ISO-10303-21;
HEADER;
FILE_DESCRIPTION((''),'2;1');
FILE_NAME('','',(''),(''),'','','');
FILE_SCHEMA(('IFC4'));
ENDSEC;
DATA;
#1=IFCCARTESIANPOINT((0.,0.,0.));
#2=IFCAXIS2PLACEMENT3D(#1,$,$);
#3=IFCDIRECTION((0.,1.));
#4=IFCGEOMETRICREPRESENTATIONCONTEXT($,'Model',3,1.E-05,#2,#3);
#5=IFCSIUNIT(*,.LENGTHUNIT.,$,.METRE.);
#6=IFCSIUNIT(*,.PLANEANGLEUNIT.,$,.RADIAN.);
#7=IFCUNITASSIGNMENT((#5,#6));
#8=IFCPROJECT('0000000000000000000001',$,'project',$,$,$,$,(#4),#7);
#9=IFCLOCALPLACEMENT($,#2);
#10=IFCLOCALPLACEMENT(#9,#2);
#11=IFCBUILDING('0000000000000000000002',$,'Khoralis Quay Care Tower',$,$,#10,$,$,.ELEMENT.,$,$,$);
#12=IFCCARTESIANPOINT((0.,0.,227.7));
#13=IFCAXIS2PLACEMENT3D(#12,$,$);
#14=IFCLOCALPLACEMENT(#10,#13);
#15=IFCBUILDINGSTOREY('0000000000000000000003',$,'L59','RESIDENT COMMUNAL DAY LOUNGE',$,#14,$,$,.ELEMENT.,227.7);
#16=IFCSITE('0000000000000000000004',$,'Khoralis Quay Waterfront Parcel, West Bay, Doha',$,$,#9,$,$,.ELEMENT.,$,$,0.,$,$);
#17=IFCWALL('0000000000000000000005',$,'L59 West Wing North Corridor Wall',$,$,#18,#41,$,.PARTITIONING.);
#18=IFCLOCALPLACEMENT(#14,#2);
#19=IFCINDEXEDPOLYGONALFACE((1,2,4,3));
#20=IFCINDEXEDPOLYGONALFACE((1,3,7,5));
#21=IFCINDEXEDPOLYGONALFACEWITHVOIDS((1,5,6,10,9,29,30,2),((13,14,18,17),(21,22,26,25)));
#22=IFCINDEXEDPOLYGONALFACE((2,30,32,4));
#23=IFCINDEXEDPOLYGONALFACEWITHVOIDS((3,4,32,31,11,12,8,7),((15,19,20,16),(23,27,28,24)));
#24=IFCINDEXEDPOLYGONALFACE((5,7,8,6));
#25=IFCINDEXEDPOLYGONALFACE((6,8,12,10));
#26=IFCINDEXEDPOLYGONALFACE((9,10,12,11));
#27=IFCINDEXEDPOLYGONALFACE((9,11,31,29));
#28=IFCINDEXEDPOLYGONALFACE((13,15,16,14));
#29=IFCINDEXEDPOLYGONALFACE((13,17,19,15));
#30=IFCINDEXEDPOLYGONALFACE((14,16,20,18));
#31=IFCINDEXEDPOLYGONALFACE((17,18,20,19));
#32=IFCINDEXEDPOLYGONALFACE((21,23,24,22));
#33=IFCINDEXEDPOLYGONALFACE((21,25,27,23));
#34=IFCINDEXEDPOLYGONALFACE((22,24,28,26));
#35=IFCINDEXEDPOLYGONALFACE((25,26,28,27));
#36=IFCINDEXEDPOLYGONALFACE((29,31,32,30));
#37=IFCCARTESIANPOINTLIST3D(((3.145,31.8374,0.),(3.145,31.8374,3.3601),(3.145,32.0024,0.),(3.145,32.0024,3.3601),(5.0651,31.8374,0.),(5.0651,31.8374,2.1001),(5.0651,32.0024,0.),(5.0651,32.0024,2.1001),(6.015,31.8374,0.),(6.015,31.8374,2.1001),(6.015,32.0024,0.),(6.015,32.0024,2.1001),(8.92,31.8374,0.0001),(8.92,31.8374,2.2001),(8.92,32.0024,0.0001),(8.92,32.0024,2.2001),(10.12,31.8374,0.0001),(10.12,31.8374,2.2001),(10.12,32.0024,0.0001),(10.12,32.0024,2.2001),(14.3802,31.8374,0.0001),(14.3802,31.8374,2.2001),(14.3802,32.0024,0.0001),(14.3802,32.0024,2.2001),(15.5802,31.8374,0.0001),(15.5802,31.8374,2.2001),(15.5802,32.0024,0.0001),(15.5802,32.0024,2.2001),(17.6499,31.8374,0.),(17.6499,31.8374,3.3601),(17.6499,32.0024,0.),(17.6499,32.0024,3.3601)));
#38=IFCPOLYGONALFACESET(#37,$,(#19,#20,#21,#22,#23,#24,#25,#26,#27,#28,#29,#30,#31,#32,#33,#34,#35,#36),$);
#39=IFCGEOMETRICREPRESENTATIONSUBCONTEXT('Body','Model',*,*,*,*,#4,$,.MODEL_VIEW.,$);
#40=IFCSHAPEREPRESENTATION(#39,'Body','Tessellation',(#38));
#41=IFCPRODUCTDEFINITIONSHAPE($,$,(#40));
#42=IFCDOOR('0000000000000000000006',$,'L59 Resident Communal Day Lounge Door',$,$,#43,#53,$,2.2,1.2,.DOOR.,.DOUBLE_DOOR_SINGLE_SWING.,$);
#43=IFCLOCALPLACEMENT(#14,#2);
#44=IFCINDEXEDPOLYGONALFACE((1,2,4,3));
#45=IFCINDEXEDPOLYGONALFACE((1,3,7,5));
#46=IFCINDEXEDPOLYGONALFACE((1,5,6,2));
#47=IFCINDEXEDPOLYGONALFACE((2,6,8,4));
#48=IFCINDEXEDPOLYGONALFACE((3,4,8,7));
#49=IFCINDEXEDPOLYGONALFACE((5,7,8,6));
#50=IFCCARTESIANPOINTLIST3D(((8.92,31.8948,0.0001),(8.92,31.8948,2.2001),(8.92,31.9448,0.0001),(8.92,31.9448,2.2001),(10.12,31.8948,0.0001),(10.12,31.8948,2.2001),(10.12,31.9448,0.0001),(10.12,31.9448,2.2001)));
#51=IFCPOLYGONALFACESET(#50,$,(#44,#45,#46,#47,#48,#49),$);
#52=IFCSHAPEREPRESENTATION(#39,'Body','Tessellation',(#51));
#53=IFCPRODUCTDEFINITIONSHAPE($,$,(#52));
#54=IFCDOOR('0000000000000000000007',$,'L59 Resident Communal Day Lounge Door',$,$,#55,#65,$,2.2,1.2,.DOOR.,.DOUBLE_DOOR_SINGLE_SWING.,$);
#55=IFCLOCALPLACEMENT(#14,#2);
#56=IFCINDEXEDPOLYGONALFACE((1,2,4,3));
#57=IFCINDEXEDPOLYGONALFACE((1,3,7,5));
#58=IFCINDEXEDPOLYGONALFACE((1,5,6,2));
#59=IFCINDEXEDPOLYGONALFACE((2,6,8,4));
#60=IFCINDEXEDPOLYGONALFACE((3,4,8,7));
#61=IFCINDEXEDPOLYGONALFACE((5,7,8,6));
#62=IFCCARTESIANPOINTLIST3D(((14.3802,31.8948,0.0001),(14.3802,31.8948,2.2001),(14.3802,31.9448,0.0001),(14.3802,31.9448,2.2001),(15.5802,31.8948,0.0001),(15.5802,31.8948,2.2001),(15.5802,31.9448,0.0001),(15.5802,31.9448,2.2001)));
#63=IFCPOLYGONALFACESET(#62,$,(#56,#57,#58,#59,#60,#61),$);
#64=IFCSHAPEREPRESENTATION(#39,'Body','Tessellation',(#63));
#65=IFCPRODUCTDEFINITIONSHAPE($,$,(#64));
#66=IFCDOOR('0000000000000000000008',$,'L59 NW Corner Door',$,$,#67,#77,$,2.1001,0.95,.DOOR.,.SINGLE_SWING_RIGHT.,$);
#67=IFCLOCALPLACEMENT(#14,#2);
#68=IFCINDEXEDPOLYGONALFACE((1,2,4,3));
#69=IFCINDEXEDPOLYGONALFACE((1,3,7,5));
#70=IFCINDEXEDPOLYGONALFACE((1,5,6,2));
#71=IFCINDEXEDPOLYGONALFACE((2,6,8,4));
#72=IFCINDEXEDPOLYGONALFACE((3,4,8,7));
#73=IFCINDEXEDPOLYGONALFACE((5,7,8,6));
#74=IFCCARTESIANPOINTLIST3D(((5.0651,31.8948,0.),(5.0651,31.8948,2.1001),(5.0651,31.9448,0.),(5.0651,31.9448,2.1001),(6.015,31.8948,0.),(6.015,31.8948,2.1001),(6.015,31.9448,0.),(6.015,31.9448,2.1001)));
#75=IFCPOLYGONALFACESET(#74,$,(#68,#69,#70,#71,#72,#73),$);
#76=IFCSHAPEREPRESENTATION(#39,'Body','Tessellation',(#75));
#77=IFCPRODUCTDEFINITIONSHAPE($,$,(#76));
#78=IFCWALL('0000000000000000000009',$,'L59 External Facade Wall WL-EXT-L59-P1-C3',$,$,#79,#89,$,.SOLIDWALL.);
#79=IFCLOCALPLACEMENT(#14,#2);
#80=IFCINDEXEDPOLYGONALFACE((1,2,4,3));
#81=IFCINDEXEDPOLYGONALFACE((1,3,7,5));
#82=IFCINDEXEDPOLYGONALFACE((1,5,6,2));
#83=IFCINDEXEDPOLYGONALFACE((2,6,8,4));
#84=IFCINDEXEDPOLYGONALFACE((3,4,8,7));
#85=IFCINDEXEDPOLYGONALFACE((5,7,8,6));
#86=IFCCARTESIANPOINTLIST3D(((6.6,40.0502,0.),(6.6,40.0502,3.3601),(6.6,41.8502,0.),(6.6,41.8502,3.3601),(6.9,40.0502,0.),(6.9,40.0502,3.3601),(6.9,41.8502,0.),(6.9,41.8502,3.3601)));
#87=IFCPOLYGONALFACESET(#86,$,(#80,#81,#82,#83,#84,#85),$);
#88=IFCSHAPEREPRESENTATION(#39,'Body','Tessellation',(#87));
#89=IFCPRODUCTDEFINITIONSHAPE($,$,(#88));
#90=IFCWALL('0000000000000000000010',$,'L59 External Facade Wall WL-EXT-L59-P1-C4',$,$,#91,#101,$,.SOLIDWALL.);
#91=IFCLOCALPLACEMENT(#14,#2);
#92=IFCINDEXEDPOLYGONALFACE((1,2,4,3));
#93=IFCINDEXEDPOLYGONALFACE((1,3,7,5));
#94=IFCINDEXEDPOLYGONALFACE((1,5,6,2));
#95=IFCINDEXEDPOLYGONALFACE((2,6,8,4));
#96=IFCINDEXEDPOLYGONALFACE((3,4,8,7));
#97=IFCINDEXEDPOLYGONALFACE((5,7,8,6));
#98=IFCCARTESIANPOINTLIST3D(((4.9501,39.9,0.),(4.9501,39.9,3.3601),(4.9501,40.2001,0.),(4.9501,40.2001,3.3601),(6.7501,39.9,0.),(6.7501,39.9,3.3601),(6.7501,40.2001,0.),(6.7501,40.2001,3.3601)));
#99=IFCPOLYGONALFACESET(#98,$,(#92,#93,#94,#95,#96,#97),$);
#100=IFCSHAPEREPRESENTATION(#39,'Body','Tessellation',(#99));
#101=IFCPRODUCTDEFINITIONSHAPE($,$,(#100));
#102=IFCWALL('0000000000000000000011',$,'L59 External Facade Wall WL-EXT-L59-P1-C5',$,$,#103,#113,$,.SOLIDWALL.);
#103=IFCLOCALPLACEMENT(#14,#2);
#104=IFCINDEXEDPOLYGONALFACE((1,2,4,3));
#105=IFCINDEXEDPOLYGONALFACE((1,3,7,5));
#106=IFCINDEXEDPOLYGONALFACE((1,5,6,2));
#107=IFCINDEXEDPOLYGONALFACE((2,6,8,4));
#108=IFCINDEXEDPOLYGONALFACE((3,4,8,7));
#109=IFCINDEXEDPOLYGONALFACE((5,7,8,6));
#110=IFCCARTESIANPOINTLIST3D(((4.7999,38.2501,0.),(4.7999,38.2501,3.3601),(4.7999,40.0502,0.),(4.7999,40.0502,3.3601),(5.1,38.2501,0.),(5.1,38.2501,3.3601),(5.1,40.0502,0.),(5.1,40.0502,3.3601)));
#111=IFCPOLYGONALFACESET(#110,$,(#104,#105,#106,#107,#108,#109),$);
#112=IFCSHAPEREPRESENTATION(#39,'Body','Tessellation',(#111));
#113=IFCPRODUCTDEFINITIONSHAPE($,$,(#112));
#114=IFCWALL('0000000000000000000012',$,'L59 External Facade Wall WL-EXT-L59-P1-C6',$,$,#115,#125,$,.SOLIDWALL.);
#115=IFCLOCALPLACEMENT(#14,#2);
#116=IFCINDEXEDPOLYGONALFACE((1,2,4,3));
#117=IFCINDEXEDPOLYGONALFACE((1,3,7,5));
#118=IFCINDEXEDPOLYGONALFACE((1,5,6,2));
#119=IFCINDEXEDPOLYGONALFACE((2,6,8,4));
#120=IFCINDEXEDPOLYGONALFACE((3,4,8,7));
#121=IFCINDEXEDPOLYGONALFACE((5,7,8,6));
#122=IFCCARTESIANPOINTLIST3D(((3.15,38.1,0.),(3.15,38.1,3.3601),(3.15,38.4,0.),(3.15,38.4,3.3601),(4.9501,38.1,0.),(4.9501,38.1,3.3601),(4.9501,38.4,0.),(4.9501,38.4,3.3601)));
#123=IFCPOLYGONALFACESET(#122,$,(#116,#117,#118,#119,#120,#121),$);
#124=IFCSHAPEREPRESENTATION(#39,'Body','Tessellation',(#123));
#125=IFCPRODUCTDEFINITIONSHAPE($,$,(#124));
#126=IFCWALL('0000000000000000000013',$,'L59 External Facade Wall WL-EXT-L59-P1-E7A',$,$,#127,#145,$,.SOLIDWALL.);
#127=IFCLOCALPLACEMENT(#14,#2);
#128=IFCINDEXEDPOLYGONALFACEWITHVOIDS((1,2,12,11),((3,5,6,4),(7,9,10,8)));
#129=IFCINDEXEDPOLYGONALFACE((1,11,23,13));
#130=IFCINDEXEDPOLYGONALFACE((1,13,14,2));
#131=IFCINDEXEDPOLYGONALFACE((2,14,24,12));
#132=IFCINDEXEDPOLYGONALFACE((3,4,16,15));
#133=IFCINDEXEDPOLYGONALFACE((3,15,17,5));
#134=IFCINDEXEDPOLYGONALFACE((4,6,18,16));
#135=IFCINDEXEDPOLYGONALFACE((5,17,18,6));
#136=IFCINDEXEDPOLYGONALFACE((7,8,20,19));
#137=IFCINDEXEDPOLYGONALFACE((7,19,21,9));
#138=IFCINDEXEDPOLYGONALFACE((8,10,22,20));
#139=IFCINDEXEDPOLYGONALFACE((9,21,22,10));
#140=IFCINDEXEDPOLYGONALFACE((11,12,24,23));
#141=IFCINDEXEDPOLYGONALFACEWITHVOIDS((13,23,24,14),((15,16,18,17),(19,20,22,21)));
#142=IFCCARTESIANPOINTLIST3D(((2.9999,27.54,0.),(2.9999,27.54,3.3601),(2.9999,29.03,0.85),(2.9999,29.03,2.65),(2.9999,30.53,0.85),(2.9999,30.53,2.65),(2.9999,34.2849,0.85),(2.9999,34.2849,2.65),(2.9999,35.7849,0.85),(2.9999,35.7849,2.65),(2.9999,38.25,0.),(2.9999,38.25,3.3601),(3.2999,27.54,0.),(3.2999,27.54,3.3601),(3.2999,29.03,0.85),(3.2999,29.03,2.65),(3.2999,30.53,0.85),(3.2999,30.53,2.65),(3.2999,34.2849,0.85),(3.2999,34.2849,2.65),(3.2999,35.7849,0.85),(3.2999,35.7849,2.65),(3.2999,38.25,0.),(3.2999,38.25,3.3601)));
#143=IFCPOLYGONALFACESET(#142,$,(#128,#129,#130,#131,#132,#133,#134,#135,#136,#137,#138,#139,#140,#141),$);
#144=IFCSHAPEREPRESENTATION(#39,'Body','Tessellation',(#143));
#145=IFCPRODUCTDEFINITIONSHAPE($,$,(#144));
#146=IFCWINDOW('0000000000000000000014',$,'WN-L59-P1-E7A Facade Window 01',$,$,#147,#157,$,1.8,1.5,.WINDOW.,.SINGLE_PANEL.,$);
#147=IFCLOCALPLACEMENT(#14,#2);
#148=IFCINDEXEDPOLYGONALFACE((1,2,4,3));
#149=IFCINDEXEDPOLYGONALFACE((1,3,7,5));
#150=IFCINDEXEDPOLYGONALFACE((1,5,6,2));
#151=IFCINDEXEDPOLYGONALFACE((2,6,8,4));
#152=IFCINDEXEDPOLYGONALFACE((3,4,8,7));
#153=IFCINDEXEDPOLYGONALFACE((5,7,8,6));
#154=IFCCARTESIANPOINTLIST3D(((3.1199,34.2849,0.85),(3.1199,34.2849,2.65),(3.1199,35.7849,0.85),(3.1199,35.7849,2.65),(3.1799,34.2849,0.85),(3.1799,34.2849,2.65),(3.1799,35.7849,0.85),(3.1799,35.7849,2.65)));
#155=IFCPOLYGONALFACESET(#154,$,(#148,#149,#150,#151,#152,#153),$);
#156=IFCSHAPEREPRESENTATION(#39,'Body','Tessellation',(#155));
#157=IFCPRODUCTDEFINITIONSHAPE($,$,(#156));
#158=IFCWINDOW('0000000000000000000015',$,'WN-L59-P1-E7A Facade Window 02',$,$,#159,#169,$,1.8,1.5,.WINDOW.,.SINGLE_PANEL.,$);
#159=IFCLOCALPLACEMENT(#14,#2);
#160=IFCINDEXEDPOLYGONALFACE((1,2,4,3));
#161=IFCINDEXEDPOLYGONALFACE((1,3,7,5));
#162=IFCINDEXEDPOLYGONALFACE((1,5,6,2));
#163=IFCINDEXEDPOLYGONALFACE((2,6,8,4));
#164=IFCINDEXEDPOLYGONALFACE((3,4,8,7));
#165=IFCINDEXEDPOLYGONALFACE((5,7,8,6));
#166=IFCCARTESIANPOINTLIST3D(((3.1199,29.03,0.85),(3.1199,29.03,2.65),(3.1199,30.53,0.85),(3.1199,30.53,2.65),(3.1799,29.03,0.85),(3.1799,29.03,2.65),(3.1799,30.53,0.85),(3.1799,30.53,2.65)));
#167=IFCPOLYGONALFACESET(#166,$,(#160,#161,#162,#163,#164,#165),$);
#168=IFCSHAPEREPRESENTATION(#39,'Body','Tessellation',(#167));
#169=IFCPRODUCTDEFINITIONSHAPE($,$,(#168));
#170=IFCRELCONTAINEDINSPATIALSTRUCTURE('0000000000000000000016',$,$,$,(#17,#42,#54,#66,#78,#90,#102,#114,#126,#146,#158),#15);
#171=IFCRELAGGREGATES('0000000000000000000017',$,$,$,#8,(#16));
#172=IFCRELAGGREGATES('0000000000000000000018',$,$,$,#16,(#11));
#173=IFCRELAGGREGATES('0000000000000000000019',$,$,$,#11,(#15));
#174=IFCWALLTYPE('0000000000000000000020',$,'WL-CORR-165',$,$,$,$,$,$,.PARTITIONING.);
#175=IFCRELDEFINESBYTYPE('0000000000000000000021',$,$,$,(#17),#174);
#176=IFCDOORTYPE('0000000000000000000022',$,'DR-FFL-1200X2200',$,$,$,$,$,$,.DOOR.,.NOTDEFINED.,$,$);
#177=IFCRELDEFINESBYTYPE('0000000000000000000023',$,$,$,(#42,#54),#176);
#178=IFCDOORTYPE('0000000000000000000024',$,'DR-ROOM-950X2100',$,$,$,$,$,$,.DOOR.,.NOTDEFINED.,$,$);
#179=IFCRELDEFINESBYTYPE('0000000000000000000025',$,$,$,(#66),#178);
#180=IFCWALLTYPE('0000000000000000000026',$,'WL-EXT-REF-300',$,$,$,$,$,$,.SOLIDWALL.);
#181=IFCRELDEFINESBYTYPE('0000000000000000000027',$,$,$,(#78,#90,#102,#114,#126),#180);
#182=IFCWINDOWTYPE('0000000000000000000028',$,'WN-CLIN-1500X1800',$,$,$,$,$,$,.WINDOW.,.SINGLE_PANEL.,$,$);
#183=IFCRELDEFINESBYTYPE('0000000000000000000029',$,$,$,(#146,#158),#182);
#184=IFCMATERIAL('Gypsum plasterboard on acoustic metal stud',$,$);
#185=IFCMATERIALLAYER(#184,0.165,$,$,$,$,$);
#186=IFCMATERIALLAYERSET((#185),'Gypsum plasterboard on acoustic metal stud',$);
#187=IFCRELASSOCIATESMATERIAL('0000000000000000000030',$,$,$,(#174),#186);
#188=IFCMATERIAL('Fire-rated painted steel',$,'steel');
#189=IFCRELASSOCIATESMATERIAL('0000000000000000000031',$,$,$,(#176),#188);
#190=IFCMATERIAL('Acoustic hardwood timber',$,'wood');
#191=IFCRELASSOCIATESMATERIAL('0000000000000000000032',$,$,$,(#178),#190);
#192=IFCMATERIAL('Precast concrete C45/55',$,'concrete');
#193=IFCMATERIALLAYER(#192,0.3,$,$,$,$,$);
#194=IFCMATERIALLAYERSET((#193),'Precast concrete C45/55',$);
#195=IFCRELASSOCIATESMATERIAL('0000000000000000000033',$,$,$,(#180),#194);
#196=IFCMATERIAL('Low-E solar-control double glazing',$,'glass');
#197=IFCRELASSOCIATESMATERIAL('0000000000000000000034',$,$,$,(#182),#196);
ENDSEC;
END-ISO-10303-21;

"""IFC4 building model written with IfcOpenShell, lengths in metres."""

from ifc_helpers import new_model, si_unit, direction, frame, frame_2d, origin, place, context, subcontext, project, spatial, rectangle, extrude, source, transform, mapped, material, layer, layer_set, type_object, element, fill, save


model = new_model("IFC4")

# Units and contexts
model_context = context("Model", 3, precision=1e-05, world=origin(), true_north=direction((0.0, 1.0)))
body_context = subcontext(model_context, "Body", "Model", "MODEL_VIEW")
ifc_project = project(units=[si_unit("LENGTHUNIT", "METRE"), si_unit("PLANEANGLEUNIT", "RADIAN")], contexts=[model_context])

# Site, building, storey
site_placement = place(None, origin())
site = spatial("IfcSite", under=ifc_project, at=site_placement, Name="Khoralis Quay Waterfront Parcel, West Bay, Doha", CompositionType="ELEMENT", RefElevation=0.0)
building_placement = place(site_placement, origin())
building = spatial("IfcBuilding", under=site, at=building_placement, Name="Khoralis Quay Care Tower", CompositionType="ELEMENT")
storey_placement = place(building_placement, frame((0.0, 0.0, 227.7)))
storey = spatial("IfcBuildingStorey", under=building, at=storey_placement, Name="L59", Description="RESIDENT COMMUNAL DAY LOUNGE", CompositionType="ELEMENT", Elevation=227.7)

# Shared definitions
ifc_material_1 = material(Name="Gypsum plasterboard on acoustic metal stud")
ifc_layer_1 = layer(ifc_material_1, 0.165)
ifc_layer_set_1 = layer_set([ifc_layer_1], Name="Gypsum plasterboard on acoustic metal stud")
wall_type_1 = type_object("IfcWallType", Name="WL-CORR-165", PredefinedType="PARTITIONING", material=ifc_layer_set_1)
ifc_material_2 = material(Name="Fire-rated painted steel", Category="steel")
door_type_1 = type_object("IfcDoorType", Name="DR-FFL-1200X2200", OperationType="NOTDEFINED", PredefinedType="DOOR", material=ifc_material_2)
shared_shape_1 = source(origin(), body_context, "Body", "SweptSolid", [
    extrude(rectangle(XDim=1.2, YDim=2.2, at=frame_2d((0.6001, 1.1001))), frame((0.0, 0.0249, 0.0), z_axis=(0.0, -1.0, 0.0), x_axis=(1.0, 0.0, 0.0)), (0.0, 0.0, 1.0), 0.05),
])

# Wall, openings, doors
wall_1_placement = place(storey_placement, frame((3.145, 31.9199, 0.0), z_axis=(0.0, 0.0, 1.0), x_axis=(1.0, 0.0, 0.0)))
wall_1 = element("IfcWall", 1, at=wall_1_placement, inside=storey, type_object=wall_type_1, Name="L59 West Wing North Corridor Wall", PredefinedType="PARTITIONING", context=body_context, shape_type="SweptSolid", body=[
    extrude(rectangle(XDim=14.5049, YDim=0.165, at=frame_2d((7.2524, 0.0))), origin(), (0.0, 0.0, 1.0), 3.3601),
])
opening_1_placement = place(wall_1_placement, frame((5.7749, 0.0, 0.0)))
opening_1 = element("IfcOpeningElement", 2, at=opening_1_placement, cuts=wall_1, PredefinedType="OPENING", context=body_context, shape_type="SweptSolid", body=[
    extrude(rectangle(XDim=1.2, YDim=2.2, at=frame_2d((0.6001, 1.1001))), frame((0.0, 0.0925, 0.0), z_axis=(0.0, -1.0, 0.0), x_axis=(1.0, 0.0, 0.0)), (0.0, 0.0, 1.0), 0.1851),
])
opening_2_placement = place(wall_1_placement, frame((11.2351, 0.0, 0.0)))
opening_2 = element("IfcOpeningElement", 3, at=opening_2_placement, cuts=wall_1, PredefinedType="OPENING", context=body_context, shape_type="SweptSolid", body=[
    extrude(rectangle(XDim=1.2, YDim=2.2, at=frame_2d((0.6001, 1.1001))), frame((0.0, 0.0925, 0.0), z_axis=(0.0, -1.0, 0.0), x_axis=(1.0, 0.0, 0.0)), (0.0, 0.0, 1.0), 0.1851),
])
opening_3_placement = place(wall_1_placement, frame((1.9199, 0.0, 0.0)))
opening_3 = element("IfcOpeningElement", 4, at=opening_3_placement, cuts=wall_1, PredefinedType="OPENING", context=body_context, shape_type="SweptSolid", body=[
    extrude(rectangle(XDim=0.95, YDim=2.1001, at=frame_2d((0.4751, 1.05))), frame((0.0, 0.0925, 0.0), z_axis=(0.0, -1.0, 0.0), x_axis=(1.0, 0.0, 0.0)), (0.0, 0.0, 1.0), 0.1851),
])
door_1_placement = place(opening_1_placement, origin())
door_1 = element("IfcDoor", 5, at=door_1_placement, inside=storey, type_object=door_type_1, Name="L59 Resident Communal Day Lounge Door", OperationType="DOUBLE_DOOR_SINGLE_SWING", OverallHeight=2.2, OverallWidth=1.2, PredefinedType="DOOR", context=body_context, shape_type="MappedRepresentation", body=[
    mapped(shared_shape_1, transform((0.0, 0.0, 0.0), scale=1.0)),
])
fill(opening_1, door_1)
door_2_placement = place(opening_2_placement, origin())
door_2 = element("IfcDoor", 6, at=door_2_placement, inside=storey, type_object=door_type_1, Name="L59 Resident Communal Day Lounge Door", OperationType="DOUBLE_DOOR_SINGLE_SWING", OverallHeight=2.2, OverallWidth=1.2, PredefinedType="DOOR", context=body_context, shape_type="MappedRepresentation", body=[
    mapped(shared_shape_1, transform((0.0, 0.0, 0.0), scale=1.0)),
])
fill(opening_2, door_2)
ifc_material_3 = material(Name="Acoustic hardwood timber", Category="wood")
door_type_2 = type_object("IfcDoorType", Name="DR-ROOM-950X2100", OperationType="NOTDEFINED", PredefinedType="DOOR", material=ifc_material_3)
shared_shape_2 = source(origin(), body_context, "Body", "SweptSolid", [
    extrude(rectangle(XDim=0.95, YDim=2.1001, at=frame_2d((0.4751, 1.05))), frame((0.0, 0.0249, 0.0), z_axis=(0.0, -1.0, 0.0), x_axis=(1.0, 0.0, 0.0)), (0.0, 0.0, 1.0), 0.05),
])
door_3_placement = place(opening_3_placement, origin())
door_3 = element("IfcDoor", 7, at=door_3_placement, inside=storey, type_object=door_type_2, Name="L59 NW Corner Door", OperationType="SINGLE_SWING_RIGHT", OverallHeight=2.1001, OverallWidth=0.95, PredefinedType="DOOR", context=body_context, shape_type="MappedRepresentation", body=[
    mapped(shared_shape_2, transform((0.0, 0.0, 0.0), scale=1.0)),
])
fill(opening_3, door_3)

# Walls
ifc_material_4 = material(Name="Precast concrete C45/55", Category="concrete")
ifc_layer_2 = layer(ifc_material_4, 0.3)
ifc_layer_set_2 = layer_set([ifc_layer_2], Name="Precast concrete C45/55")
wall_type_2 = type_object("IfcWallType", Name="WL-EXT-REF-300", PredefinedType="SOLIDWALL", material=ifc_layer_set_2)
for number, where, z_axis, x_axis, name in (
    (8, (6.75, 41.8501, 0.0), (0.0, 0.0, 1.0), (0.0, -1.0, 0.0), "L59 External Facade Wall WL-EXT-L59-P1-C3"),
    (9, (6.75, 40.05, 0.0), (0.0, 0.0, 1.0), (-1.0, 0.0, 0.0), "L59 External Facade Wall WL-EXT-L59-P1-C4"),
    (10, (4.95, 40.05, 0.0), (0.0, 0.0, 1.0), (0.0, -1.0, 0.0), "L59 External Facade Wall WL-EXT-L59-P1-C5"),
    (11, (4.95, 38.25, 0.0), (0.0, 0.0, 1.0), (-1.0, 0.0, 0.0), "L59 External Facade Wall WL-EXT-L59-P1-C6"),
):
    element("IfcWall", number, at=place(storey_placement, frame(where, z_axis=z_axis, x_axis=x_axis)), inside=storey, type_object=wall_type_2, Name=name, PredefinedType="SOLIDWALL", context=body_context, shape_type="SweptSolid", body=[
        extrude(rectangle(XDim=1.8, YDim=0.3, at=frame_2d((0.8999, 0.0))), origin(), (0.0, 0.0, 1.0), 3.3601),
    ])

# Wall, openings, windows
wall_2_placement = place(storey_placement, frame((3.1499, 38.25, 0.0), z_axis=(0.0, 0.0, 1.0), x_axis=(0.0, -1.0, 0.0)))
wall_2 = element("IfcWall", 12, at=wall_2_placement, inside=storey, type_object=wall_type_2, Name="L59 External Facade Wall WL-EXT-L59-P1-E7A", PredefinedType="SOLIDWALL", context=body_context, shape_type="SweptSolid", body=[
    extrude(rectangle(XDim=10.71, YDim=0.3, at=frame_2d((5.355, 0.0))), origin(), (0.0, 0.0, 1.0), 3.3601),
])
opening_4_placement = place(wall_2_placement, frame((2.4651, 0.0, 0.8501)))
opening_4 = element("IfcOpeningElement", 13, at=opening_4_placement, cuts=wall_2, PredefinedType="OPENING", context=body_context, shape_type="SweptSolid", body=[
    extrude(rectangle(XDim=1.5, YDim=1.8, at=frame_2d((0.75, 0.8999))), frame((0.0, 0.1602, 0.0), z_axis=(0.0, -1.0, 0.0), x_axis=(1.0, 0.0, 0.0)), (0.0, 0.0, 1.0), 0.3201),
])
opening_5_placement = place(wall_2_placement, frame((7.72, 0.0, 0.8501)))
opening_5 = element("IfcOpeningElement", 14, at=opening_5_placement, cuts=wall_2, PredefinedType="OPENING", context=body_context, shape_type="SweptSolid", body=[
    extrude(rectangle(XDim=1.5, YDim=1.8, at=frame_2d((0.75, 0.8999))), frame((0.0, 0.1602, 0.0), z_axis=(0.0, -1.0, 0.0), x_axis=(1.0, 0.0, 0.0)), (0.0, 0.0, 1.0), 0.3201),
])
ifc_material_5 = material(Name="Low-E solar-control double glazing", Category="glass")
window_type = type_object("IfcWindowType", Name="WN-CLIN-1500X1800", PartitioningType="SINGLE_PANEL", PredefinedType="WINDOW", material=ifc_material_5)
shared_shape_3 = source(origin(), body_context, "Body", "SweptSolid", [
    extrude(rectangle(XDim=1.5, YDim=1.8, at=frame_2d((0.75, 0.8999))), frame((0.0, 0.03, 0.0), z_axis=(0.0, -1.0, 0.0), x_axis=(1.0, 0.0, 0.0)), (0.0, 0.0, 1.0), 0.0601),
])
window_1_placement = place(opening_4_placement, origin())
window_1 = element("IfcWindow", 15, at=window_1_placement, inside=storey, type_object=window_type, Name="WN-L59-P1-E7A Facade Window 01", OverallHeight=1.8, OverallWidth=1.5, PartitioningType="SINGLE_PANEL", PredefinedType="WINDOW", context=body_context, shape_type="MappedRepresentation", body=[
    mapped(shared_shape_3, transform((0.0, 0.0, 0.0), scale=1.0)),
])
fill(opening_4, window_1)
window_2_placement = place(opening_5_placement, origin())
window_2 = element("IfcWindow", 16, at=window_2_placement, inside=storey, type_object=window_type, Name="WN-L59-P1-E7A Facade Window 02", OverallHeight=1.8, OverallWidth=1.5, PartitioningType="SINGLE_PANEL", PredefinedType="WINDOW", context=body_context, shape_type="MappedRepresentation", body=[
    mapped(shared_shape_3, transform((0.0, 0.0, 0.0), scale=1.0)),
])
fill(opening_5, window_2)

save(model, "model.ifc")
